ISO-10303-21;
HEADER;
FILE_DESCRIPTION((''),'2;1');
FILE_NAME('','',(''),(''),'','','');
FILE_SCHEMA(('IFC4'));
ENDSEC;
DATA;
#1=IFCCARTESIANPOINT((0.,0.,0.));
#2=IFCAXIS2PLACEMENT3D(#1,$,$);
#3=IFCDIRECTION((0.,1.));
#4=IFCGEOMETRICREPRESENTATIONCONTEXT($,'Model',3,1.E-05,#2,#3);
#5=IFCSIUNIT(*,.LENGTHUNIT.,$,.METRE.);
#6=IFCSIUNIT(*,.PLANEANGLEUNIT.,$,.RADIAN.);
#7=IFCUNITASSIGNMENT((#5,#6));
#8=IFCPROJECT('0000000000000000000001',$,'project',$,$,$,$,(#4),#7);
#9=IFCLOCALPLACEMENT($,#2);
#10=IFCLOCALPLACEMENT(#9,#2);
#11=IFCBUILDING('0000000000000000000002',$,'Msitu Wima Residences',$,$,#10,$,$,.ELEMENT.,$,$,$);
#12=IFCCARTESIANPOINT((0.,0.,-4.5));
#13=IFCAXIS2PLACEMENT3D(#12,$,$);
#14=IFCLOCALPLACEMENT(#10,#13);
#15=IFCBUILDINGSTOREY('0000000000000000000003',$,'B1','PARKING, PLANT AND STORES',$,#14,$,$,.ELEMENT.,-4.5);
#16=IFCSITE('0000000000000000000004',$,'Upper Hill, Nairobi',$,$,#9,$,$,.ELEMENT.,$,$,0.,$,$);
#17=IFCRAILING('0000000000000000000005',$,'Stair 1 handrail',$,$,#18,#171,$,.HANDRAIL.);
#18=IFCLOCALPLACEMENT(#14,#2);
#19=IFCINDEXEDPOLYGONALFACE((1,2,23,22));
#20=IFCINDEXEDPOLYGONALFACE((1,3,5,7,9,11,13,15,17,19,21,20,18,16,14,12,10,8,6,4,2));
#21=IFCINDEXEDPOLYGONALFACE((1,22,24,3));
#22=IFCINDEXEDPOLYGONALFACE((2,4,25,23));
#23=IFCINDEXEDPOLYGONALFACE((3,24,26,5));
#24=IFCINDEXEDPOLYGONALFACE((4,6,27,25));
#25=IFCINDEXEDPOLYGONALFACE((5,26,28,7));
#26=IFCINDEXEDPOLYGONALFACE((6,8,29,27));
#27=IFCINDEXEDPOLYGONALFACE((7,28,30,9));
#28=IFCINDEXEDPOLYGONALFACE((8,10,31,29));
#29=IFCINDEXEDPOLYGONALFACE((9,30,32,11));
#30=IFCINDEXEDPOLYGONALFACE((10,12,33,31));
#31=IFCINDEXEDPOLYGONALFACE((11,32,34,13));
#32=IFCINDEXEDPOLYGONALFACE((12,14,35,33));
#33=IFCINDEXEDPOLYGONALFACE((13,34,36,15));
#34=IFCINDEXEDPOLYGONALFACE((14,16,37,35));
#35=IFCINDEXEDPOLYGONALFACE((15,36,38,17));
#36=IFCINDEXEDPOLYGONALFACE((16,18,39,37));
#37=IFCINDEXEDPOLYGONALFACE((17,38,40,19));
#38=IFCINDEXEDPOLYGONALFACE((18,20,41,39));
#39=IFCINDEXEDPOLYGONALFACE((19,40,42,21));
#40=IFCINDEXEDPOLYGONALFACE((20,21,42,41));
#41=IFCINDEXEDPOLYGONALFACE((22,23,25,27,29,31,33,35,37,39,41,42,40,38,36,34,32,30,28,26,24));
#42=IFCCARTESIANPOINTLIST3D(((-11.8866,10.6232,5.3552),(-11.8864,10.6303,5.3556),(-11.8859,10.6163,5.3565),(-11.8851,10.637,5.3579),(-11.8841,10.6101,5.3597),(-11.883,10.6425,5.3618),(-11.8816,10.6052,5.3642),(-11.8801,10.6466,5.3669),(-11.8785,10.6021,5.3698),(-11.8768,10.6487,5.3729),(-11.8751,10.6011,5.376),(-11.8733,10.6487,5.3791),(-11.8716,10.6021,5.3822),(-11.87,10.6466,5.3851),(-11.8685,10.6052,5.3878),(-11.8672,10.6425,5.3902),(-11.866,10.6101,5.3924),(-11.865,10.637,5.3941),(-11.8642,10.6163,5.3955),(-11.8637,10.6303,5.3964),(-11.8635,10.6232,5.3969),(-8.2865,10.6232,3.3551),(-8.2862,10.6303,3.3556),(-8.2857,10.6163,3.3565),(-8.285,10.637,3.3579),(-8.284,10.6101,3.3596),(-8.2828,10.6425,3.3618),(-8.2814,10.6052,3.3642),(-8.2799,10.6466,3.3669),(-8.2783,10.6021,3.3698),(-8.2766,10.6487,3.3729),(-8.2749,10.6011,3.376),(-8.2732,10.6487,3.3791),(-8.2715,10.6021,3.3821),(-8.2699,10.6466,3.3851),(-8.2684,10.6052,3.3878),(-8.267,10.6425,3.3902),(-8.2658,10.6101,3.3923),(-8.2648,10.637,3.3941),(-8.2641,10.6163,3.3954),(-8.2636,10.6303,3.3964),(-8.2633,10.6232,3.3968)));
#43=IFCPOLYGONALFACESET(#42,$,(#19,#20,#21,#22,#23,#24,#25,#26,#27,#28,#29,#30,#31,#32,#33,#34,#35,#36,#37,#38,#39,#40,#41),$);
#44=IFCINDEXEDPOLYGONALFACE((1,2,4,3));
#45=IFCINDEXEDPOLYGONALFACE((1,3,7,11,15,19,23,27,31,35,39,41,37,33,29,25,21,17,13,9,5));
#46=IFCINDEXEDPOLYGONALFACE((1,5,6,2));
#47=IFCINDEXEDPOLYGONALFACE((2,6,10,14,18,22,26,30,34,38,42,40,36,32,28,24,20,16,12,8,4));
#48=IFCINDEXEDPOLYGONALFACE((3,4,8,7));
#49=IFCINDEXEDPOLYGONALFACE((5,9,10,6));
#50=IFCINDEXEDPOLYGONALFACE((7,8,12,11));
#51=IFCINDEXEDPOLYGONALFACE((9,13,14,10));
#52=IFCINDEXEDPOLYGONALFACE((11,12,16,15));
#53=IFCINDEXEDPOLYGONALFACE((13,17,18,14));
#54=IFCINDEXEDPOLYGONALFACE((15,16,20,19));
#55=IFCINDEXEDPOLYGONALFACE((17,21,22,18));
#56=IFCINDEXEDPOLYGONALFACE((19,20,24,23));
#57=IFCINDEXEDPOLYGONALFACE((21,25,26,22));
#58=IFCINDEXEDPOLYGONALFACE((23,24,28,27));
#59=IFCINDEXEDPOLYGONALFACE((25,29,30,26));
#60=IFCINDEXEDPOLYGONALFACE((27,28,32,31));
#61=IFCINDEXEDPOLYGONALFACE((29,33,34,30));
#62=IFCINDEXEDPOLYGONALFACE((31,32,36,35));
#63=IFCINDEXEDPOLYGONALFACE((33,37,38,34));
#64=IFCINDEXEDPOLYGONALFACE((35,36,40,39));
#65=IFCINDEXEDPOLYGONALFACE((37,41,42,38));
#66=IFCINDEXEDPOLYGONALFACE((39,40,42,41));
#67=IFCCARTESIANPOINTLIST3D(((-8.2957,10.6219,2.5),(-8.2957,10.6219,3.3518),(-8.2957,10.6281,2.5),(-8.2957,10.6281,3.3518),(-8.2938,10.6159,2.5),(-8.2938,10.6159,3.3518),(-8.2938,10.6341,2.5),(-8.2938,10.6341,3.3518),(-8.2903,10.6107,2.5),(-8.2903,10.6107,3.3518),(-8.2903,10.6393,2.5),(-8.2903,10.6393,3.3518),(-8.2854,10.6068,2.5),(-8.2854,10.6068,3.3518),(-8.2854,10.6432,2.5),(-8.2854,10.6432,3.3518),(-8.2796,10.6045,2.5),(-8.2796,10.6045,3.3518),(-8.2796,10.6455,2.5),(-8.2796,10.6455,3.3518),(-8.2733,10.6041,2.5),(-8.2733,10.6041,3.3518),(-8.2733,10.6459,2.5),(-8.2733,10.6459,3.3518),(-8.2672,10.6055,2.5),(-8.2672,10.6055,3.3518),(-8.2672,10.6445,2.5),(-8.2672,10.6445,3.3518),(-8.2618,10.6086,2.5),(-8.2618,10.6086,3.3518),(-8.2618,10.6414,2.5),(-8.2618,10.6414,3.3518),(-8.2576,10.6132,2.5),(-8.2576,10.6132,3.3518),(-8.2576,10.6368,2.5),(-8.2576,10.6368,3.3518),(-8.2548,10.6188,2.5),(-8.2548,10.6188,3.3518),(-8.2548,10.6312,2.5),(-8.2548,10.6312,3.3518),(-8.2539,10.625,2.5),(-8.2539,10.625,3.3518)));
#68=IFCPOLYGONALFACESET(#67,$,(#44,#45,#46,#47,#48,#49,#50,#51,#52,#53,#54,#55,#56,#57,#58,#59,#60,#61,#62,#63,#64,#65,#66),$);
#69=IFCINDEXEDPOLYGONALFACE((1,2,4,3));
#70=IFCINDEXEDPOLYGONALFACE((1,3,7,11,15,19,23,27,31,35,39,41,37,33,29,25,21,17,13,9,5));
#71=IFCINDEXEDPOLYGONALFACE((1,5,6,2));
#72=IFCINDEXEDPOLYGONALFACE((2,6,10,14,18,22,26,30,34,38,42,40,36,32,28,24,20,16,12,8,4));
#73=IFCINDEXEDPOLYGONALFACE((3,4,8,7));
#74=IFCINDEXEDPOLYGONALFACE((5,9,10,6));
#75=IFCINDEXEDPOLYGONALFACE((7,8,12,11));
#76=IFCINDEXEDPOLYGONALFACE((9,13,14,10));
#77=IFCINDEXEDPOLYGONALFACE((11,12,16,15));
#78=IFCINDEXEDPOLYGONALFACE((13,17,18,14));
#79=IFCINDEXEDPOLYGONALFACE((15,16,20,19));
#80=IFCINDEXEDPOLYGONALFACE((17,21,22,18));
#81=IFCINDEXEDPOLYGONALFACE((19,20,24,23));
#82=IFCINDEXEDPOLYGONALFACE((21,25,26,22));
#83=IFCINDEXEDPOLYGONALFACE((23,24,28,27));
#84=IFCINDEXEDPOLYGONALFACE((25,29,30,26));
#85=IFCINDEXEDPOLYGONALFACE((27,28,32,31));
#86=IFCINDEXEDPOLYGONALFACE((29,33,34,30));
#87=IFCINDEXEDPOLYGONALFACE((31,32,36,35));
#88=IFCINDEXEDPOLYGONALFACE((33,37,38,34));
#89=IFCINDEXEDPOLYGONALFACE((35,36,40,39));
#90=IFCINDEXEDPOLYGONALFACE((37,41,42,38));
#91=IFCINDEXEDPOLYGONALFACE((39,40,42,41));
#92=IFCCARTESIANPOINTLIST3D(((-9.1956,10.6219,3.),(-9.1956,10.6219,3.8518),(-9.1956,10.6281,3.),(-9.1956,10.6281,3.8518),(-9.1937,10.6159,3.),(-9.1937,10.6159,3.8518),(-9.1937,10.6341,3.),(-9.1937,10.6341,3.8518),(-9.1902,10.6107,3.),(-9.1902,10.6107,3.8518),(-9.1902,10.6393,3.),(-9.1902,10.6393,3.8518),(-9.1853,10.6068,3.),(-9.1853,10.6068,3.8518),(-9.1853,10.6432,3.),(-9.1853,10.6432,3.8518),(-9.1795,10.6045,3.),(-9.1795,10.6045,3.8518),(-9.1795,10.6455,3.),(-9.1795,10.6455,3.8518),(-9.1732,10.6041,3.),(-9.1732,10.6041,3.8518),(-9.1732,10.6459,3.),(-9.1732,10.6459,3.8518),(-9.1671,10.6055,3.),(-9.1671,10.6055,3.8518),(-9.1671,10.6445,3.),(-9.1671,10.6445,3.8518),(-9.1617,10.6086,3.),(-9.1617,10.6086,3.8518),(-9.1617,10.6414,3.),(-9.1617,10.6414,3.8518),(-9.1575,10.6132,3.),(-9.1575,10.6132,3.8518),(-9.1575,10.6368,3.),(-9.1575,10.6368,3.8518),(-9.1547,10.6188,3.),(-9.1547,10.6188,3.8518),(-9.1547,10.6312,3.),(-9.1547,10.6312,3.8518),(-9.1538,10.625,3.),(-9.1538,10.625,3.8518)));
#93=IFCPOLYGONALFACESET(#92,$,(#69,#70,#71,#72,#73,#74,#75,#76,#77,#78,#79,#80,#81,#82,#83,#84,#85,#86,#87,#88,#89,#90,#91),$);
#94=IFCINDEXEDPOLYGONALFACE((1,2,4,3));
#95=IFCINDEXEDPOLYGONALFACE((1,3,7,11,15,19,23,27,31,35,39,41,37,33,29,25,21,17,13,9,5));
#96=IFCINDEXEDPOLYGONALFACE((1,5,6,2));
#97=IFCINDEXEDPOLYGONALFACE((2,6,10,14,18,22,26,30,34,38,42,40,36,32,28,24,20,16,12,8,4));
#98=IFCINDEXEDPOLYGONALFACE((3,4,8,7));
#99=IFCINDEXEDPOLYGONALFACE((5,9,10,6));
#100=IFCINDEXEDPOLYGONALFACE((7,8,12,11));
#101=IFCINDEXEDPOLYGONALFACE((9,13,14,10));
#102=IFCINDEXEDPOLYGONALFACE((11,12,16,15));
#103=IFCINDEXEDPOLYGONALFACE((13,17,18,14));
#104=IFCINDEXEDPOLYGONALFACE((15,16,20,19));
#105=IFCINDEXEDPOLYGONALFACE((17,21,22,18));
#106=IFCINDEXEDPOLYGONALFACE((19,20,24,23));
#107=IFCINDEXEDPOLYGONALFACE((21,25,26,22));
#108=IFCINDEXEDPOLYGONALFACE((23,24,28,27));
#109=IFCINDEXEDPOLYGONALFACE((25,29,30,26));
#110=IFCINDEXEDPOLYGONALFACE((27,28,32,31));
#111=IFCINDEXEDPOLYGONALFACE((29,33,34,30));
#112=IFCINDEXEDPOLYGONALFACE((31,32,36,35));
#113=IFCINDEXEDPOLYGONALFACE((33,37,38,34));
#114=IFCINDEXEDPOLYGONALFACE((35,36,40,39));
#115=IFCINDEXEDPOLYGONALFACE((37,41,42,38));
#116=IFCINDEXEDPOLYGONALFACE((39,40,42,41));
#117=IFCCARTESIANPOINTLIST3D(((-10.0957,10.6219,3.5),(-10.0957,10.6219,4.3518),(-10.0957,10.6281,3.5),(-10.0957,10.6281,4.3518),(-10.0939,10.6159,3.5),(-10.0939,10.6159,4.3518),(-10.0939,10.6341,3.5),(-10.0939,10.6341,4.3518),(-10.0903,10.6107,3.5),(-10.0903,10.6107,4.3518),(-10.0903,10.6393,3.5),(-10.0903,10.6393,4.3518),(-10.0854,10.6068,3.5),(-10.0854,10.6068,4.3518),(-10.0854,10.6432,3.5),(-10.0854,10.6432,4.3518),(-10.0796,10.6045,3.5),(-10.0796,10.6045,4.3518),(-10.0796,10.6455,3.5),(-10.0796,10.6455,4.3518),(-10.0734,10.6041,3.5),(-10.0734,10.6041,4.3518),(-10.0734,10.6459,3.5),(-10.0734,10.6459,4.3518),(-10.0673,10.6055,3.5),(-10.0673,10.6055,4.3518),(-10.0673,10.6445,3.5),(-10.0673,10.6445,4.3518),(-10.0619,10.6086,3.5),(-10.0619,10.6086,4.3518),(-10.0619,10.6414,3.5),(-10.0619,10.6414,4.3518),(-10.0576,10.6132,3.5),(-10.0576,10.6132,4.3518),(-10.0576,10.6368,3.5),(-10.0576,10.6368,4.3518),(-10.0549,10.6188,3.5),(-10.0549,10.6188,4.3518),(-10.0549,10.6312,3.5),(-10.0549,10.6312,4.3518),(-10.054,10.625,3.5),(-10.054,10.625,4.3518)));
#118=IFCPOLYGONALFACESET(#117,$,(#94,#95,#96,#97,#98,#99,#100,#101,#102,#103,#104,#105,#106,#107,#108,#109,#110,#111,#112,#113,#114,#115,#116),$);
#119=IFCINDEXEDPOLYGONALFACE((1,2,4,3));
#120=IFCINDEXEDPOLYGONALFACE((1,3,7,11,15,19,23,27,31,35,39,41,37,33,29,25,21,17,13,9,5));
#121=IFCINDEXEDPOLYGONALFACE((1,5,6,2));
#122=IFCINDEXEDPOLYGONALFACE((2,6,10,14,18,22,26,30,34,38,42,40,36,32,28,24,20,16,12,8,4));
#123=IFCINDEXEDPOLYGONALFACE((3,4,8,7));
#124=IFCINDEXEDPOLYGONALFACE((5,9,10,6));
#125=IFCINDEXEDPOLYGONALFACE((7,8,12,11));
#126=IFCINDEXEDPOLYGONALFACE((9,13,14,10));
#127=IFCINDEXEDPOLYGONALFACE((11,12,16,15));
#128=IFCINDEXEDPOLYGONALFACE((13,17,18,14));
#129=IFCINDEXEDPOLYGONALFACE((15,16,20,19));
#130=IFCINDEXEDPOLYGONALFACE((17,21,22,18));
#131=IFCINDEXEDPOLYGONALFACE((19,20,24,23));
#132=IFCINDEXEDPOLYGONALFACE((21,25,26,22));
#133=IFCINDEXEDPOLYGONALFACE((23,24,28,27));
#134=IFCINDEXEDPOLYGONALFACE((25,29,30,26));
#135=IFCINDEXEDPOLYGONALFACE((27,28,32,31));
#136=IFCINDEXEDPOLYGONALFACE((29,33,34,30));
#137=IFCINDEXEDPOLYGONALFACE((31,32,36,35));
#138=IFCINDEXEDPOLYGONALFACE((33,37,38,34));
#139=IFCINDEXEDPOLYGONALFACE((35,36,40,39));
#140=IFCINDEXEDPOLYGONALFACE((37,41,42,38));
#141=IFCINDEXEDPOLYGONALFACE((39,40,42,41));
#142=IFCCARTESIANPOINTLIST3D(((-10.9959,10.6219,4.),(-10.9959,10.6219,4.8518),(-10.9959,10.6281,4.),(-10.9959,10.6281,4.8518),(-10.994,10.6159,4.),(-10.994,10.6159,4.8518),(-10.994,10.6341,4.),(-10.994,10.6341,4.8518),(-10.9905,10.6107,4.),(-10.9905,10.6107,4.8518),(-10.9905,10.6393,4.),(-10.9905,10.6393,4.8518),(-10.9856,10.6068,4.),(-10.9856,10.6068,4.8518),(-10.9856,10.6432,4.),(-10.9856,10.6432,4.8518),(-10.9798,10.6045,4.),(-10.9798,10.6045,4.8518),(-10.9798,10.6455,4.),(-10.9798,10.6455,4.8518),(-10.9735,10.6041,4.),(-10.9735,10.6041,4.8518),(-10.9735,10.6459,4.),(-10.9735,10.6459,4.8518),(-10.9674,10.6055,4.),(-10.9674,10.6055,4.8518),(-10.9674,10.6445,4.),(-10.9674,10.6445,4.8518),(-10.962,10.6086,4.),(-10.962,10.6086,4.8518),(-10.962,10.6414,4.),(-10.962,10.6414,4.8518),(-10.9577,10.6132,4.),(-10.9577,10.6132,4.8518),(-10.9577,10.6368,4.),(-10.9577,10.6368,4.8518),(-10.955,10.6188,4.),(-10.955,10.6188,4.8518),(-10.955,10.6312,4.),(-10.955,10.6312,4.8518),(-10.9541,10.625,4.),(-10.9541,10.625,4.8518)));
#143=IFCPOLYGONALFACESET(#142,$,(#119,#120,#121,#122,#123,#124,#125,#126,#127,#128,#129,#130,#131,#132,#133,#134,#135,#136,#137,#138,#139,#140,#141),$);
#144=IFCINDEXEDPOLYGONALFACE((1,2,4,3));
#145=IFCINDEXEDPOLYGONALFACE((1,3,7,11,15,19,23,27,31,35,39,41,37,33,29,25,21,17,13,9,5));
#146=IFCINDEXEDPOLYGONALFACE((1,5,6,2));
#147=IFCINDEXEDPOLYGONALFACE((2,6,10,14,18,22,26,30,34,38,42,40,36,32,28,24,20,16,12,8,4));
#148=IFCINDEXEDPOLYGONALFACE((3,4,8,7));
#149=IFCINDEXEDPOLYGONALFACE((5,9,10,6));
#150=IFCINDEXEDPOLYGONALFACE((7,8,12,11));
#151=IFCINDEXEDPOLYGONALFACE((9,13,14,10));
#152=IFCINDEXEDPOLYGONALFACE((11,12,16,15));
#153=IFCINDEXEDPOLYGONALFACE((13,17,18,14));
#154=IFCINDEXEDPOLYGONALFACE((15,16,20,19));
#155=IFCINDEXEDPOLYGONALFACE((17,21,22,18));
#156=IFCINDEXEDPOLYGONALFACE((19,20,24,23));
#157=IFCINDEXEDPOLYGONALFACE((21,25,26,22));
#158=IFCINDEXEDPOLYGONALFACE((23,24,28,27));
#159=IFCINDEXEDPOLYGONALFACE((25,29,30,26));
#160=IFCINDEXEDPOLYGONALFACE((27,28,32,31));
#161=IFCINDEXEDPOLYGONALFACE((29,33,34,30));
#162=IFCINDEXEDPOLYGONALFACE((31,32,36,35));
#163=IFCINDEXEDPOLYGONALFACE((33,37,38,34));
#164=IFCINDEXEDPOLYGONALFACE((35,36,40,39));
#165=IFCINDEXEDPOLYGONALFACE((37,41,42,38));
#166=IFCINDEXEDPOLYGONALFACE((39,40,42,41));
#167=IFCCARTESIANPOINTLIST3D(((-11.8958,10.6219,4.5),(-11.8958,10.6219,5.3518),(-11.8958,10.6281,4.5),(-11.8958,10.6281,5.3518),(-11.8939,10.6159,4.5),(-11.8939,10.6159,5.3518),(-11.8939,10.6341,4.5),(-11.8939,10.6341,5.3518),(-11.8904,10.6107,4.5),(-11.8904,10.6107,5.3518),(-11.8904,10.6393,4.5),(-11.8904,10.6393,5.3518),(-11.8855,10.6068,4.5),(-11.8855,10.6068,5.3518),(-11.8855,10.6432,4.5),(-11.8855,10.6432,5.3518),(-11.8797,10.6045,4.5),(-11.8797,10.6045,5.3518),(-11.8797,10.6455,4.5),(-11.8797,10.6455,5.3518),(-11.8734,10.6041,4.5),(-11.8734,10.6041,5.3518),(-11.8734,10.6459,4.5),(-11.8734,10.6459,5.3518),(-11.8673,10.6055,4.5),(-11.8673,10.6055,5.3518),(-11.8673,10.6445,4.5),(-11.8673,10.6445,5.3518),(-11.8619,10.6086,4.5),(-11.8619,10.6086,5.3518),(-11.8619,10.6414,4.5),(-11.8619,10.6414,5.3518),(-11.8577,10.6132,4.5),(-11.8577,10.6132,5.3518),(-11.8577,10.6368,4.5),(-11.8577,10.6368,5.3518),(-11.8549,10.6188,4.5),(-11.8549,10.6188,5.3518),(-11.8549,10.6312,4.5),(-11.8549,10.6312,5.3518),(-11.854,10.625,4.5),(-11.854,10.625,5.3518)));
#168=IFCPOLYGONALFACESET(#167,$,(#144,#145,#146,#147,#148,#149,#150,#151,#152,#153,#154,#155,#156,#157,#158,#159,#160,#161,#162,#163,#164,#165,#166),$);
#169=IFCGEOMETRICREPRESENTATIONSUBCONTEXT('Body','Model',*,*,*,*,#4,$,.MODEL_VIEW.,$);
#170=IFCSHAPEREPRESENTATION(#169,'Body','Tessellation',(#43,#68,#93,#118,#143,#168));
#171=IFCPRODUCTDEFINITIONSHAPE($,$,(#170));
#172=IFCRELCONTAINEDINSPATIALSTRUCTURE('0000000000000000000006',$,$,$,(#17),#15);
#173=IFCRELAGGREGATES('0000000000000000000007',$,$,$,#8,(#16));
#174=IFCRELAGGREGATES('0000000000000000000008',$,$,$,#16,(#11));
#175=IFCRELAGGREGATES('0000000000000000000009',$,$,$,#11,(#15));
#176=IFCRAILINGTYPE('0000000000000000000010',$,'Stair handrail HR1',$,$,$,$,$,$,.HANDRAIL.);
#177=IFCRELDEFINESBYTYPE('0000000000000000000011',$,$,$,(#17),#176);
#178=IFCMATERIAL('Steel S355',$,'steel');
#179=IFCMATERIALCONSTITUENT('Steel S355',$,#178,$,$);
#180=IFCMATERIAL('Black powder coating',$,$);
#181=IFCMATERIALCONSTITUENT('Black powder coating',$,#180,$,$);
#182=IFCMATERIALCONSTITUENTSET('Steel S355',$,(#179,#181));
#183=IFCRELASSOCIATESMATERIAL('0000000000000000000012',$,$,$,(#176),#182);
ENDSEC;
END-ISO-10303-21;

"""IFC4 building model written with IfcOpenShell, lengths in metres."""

from ifc_helpers import new_model, si_unit, direction, frame, origin, origin_2d, place, context, subcontext, project, spatial, circle, extrude, material, constituent, constituent_set, type_object, element, save


model = new_model("IFC4")

# Units and contexts
model_context = context("Model", 3, precision=1e-05, world=origin(), true_north=direction((0.0, 1.0)))
body_context = subcontext(model_context, "Body", "Model", "MODEL_VIEW")
ifc_project = project(units=[si_unit("LENGTHUNIT", "METRE"), si_unit("PLANEANGLEUNIT", "RADIAN")], contexts=[model_context])

# Site, building, storey
site_placement = place(None, origin())
site = spatial("IfcSite", under=ifc_project, at=site_placement, Name="Upper Hill, Nairobi", CompositionType="ELEMENT", RefElevation=0.0)
building_placement = place(site_placement, origin())
building = spatial("IfcBuilding", under=site, at=building_placement, Name="Msitu Wima Residences", CompositionType="ELEMENT")
storey_placement = place(building_placement, frame((0.0, 0.0, -4.5)))
storey = spatial("IfcBuildingStorey", under=building, at=storey_placement, Name="B1", Description="PARKING, PLANT AND STORES", CompositionType="ELEMENT", Elevation=-4.5)

# Railing
ifc_material_1 = material(Name="Steel S355", Category="steel")
ifc_constituent_1 = constituent(ifc_material_1, Name="Steel S355")
ifc_material_2 = material(Name="Black powder coating")
ifc_constituent_2 = constituent(ifc_material_2, Name="Black powder coating")
ifc_constituent_set = constituent_set(constituents=[ifc_constituent_1, ifc_constituent_2], Name="Steel S355")
railing_type = type_object("IfcRailingType", Name="Stair handrail HR1", PredefinedType="HANDRAIL", material=ifc_constituent_set)
railing_placement = place(storey_placement, frame((-8.2749, 10.625, 2.5)))
element("IfcRailing", 1, at=railing_placement, inside=storey, type_object=railing_type, Name="Stair 1 handrail", PredefinedType="HANDRAIL", context=body_context, shape_type="SweptSolid", body=[
    extrude(circle(Radius=0.0239, at=origin_2d()), frame((0.0, 0.0, 0.876), z_axis=(-0.874163, 0.0, 0.485633), x_axis=(0.0, -1.0, 0.0)), (0.0, 0.0, 1.0), 4.1184),
    extrude(circle(Radius=0.021, at=origin_2d()), origin(), (0.0, 0.0, 1.0), 0.8518),
    extrude(circle(Radius=0.021, at=origin_2d()), frame((-0.8999, 0.0, 0.5)), (0.0, 0.0, 1.0), 0.8518),
    extrude(circle(Radius=0.021, at=origin_2d()), frame((-1.8, 0.0, 1.0)), (0.0, 0.0, 1.0), 0.8518),
    extrude(circle(Radius=0.021, at=origin_2d()), frame((-2.7002, 0.0, 1.5)), (0.0, 0.0, 1.0), 0.8518),
    extrude(circle(Radius=0.021, at=origin_2d()), frame((-3.6001, 0.0, 2.0)), (0.0, 0.0, 1.0), 0.8518),
])

save(model, "model.ifc")
